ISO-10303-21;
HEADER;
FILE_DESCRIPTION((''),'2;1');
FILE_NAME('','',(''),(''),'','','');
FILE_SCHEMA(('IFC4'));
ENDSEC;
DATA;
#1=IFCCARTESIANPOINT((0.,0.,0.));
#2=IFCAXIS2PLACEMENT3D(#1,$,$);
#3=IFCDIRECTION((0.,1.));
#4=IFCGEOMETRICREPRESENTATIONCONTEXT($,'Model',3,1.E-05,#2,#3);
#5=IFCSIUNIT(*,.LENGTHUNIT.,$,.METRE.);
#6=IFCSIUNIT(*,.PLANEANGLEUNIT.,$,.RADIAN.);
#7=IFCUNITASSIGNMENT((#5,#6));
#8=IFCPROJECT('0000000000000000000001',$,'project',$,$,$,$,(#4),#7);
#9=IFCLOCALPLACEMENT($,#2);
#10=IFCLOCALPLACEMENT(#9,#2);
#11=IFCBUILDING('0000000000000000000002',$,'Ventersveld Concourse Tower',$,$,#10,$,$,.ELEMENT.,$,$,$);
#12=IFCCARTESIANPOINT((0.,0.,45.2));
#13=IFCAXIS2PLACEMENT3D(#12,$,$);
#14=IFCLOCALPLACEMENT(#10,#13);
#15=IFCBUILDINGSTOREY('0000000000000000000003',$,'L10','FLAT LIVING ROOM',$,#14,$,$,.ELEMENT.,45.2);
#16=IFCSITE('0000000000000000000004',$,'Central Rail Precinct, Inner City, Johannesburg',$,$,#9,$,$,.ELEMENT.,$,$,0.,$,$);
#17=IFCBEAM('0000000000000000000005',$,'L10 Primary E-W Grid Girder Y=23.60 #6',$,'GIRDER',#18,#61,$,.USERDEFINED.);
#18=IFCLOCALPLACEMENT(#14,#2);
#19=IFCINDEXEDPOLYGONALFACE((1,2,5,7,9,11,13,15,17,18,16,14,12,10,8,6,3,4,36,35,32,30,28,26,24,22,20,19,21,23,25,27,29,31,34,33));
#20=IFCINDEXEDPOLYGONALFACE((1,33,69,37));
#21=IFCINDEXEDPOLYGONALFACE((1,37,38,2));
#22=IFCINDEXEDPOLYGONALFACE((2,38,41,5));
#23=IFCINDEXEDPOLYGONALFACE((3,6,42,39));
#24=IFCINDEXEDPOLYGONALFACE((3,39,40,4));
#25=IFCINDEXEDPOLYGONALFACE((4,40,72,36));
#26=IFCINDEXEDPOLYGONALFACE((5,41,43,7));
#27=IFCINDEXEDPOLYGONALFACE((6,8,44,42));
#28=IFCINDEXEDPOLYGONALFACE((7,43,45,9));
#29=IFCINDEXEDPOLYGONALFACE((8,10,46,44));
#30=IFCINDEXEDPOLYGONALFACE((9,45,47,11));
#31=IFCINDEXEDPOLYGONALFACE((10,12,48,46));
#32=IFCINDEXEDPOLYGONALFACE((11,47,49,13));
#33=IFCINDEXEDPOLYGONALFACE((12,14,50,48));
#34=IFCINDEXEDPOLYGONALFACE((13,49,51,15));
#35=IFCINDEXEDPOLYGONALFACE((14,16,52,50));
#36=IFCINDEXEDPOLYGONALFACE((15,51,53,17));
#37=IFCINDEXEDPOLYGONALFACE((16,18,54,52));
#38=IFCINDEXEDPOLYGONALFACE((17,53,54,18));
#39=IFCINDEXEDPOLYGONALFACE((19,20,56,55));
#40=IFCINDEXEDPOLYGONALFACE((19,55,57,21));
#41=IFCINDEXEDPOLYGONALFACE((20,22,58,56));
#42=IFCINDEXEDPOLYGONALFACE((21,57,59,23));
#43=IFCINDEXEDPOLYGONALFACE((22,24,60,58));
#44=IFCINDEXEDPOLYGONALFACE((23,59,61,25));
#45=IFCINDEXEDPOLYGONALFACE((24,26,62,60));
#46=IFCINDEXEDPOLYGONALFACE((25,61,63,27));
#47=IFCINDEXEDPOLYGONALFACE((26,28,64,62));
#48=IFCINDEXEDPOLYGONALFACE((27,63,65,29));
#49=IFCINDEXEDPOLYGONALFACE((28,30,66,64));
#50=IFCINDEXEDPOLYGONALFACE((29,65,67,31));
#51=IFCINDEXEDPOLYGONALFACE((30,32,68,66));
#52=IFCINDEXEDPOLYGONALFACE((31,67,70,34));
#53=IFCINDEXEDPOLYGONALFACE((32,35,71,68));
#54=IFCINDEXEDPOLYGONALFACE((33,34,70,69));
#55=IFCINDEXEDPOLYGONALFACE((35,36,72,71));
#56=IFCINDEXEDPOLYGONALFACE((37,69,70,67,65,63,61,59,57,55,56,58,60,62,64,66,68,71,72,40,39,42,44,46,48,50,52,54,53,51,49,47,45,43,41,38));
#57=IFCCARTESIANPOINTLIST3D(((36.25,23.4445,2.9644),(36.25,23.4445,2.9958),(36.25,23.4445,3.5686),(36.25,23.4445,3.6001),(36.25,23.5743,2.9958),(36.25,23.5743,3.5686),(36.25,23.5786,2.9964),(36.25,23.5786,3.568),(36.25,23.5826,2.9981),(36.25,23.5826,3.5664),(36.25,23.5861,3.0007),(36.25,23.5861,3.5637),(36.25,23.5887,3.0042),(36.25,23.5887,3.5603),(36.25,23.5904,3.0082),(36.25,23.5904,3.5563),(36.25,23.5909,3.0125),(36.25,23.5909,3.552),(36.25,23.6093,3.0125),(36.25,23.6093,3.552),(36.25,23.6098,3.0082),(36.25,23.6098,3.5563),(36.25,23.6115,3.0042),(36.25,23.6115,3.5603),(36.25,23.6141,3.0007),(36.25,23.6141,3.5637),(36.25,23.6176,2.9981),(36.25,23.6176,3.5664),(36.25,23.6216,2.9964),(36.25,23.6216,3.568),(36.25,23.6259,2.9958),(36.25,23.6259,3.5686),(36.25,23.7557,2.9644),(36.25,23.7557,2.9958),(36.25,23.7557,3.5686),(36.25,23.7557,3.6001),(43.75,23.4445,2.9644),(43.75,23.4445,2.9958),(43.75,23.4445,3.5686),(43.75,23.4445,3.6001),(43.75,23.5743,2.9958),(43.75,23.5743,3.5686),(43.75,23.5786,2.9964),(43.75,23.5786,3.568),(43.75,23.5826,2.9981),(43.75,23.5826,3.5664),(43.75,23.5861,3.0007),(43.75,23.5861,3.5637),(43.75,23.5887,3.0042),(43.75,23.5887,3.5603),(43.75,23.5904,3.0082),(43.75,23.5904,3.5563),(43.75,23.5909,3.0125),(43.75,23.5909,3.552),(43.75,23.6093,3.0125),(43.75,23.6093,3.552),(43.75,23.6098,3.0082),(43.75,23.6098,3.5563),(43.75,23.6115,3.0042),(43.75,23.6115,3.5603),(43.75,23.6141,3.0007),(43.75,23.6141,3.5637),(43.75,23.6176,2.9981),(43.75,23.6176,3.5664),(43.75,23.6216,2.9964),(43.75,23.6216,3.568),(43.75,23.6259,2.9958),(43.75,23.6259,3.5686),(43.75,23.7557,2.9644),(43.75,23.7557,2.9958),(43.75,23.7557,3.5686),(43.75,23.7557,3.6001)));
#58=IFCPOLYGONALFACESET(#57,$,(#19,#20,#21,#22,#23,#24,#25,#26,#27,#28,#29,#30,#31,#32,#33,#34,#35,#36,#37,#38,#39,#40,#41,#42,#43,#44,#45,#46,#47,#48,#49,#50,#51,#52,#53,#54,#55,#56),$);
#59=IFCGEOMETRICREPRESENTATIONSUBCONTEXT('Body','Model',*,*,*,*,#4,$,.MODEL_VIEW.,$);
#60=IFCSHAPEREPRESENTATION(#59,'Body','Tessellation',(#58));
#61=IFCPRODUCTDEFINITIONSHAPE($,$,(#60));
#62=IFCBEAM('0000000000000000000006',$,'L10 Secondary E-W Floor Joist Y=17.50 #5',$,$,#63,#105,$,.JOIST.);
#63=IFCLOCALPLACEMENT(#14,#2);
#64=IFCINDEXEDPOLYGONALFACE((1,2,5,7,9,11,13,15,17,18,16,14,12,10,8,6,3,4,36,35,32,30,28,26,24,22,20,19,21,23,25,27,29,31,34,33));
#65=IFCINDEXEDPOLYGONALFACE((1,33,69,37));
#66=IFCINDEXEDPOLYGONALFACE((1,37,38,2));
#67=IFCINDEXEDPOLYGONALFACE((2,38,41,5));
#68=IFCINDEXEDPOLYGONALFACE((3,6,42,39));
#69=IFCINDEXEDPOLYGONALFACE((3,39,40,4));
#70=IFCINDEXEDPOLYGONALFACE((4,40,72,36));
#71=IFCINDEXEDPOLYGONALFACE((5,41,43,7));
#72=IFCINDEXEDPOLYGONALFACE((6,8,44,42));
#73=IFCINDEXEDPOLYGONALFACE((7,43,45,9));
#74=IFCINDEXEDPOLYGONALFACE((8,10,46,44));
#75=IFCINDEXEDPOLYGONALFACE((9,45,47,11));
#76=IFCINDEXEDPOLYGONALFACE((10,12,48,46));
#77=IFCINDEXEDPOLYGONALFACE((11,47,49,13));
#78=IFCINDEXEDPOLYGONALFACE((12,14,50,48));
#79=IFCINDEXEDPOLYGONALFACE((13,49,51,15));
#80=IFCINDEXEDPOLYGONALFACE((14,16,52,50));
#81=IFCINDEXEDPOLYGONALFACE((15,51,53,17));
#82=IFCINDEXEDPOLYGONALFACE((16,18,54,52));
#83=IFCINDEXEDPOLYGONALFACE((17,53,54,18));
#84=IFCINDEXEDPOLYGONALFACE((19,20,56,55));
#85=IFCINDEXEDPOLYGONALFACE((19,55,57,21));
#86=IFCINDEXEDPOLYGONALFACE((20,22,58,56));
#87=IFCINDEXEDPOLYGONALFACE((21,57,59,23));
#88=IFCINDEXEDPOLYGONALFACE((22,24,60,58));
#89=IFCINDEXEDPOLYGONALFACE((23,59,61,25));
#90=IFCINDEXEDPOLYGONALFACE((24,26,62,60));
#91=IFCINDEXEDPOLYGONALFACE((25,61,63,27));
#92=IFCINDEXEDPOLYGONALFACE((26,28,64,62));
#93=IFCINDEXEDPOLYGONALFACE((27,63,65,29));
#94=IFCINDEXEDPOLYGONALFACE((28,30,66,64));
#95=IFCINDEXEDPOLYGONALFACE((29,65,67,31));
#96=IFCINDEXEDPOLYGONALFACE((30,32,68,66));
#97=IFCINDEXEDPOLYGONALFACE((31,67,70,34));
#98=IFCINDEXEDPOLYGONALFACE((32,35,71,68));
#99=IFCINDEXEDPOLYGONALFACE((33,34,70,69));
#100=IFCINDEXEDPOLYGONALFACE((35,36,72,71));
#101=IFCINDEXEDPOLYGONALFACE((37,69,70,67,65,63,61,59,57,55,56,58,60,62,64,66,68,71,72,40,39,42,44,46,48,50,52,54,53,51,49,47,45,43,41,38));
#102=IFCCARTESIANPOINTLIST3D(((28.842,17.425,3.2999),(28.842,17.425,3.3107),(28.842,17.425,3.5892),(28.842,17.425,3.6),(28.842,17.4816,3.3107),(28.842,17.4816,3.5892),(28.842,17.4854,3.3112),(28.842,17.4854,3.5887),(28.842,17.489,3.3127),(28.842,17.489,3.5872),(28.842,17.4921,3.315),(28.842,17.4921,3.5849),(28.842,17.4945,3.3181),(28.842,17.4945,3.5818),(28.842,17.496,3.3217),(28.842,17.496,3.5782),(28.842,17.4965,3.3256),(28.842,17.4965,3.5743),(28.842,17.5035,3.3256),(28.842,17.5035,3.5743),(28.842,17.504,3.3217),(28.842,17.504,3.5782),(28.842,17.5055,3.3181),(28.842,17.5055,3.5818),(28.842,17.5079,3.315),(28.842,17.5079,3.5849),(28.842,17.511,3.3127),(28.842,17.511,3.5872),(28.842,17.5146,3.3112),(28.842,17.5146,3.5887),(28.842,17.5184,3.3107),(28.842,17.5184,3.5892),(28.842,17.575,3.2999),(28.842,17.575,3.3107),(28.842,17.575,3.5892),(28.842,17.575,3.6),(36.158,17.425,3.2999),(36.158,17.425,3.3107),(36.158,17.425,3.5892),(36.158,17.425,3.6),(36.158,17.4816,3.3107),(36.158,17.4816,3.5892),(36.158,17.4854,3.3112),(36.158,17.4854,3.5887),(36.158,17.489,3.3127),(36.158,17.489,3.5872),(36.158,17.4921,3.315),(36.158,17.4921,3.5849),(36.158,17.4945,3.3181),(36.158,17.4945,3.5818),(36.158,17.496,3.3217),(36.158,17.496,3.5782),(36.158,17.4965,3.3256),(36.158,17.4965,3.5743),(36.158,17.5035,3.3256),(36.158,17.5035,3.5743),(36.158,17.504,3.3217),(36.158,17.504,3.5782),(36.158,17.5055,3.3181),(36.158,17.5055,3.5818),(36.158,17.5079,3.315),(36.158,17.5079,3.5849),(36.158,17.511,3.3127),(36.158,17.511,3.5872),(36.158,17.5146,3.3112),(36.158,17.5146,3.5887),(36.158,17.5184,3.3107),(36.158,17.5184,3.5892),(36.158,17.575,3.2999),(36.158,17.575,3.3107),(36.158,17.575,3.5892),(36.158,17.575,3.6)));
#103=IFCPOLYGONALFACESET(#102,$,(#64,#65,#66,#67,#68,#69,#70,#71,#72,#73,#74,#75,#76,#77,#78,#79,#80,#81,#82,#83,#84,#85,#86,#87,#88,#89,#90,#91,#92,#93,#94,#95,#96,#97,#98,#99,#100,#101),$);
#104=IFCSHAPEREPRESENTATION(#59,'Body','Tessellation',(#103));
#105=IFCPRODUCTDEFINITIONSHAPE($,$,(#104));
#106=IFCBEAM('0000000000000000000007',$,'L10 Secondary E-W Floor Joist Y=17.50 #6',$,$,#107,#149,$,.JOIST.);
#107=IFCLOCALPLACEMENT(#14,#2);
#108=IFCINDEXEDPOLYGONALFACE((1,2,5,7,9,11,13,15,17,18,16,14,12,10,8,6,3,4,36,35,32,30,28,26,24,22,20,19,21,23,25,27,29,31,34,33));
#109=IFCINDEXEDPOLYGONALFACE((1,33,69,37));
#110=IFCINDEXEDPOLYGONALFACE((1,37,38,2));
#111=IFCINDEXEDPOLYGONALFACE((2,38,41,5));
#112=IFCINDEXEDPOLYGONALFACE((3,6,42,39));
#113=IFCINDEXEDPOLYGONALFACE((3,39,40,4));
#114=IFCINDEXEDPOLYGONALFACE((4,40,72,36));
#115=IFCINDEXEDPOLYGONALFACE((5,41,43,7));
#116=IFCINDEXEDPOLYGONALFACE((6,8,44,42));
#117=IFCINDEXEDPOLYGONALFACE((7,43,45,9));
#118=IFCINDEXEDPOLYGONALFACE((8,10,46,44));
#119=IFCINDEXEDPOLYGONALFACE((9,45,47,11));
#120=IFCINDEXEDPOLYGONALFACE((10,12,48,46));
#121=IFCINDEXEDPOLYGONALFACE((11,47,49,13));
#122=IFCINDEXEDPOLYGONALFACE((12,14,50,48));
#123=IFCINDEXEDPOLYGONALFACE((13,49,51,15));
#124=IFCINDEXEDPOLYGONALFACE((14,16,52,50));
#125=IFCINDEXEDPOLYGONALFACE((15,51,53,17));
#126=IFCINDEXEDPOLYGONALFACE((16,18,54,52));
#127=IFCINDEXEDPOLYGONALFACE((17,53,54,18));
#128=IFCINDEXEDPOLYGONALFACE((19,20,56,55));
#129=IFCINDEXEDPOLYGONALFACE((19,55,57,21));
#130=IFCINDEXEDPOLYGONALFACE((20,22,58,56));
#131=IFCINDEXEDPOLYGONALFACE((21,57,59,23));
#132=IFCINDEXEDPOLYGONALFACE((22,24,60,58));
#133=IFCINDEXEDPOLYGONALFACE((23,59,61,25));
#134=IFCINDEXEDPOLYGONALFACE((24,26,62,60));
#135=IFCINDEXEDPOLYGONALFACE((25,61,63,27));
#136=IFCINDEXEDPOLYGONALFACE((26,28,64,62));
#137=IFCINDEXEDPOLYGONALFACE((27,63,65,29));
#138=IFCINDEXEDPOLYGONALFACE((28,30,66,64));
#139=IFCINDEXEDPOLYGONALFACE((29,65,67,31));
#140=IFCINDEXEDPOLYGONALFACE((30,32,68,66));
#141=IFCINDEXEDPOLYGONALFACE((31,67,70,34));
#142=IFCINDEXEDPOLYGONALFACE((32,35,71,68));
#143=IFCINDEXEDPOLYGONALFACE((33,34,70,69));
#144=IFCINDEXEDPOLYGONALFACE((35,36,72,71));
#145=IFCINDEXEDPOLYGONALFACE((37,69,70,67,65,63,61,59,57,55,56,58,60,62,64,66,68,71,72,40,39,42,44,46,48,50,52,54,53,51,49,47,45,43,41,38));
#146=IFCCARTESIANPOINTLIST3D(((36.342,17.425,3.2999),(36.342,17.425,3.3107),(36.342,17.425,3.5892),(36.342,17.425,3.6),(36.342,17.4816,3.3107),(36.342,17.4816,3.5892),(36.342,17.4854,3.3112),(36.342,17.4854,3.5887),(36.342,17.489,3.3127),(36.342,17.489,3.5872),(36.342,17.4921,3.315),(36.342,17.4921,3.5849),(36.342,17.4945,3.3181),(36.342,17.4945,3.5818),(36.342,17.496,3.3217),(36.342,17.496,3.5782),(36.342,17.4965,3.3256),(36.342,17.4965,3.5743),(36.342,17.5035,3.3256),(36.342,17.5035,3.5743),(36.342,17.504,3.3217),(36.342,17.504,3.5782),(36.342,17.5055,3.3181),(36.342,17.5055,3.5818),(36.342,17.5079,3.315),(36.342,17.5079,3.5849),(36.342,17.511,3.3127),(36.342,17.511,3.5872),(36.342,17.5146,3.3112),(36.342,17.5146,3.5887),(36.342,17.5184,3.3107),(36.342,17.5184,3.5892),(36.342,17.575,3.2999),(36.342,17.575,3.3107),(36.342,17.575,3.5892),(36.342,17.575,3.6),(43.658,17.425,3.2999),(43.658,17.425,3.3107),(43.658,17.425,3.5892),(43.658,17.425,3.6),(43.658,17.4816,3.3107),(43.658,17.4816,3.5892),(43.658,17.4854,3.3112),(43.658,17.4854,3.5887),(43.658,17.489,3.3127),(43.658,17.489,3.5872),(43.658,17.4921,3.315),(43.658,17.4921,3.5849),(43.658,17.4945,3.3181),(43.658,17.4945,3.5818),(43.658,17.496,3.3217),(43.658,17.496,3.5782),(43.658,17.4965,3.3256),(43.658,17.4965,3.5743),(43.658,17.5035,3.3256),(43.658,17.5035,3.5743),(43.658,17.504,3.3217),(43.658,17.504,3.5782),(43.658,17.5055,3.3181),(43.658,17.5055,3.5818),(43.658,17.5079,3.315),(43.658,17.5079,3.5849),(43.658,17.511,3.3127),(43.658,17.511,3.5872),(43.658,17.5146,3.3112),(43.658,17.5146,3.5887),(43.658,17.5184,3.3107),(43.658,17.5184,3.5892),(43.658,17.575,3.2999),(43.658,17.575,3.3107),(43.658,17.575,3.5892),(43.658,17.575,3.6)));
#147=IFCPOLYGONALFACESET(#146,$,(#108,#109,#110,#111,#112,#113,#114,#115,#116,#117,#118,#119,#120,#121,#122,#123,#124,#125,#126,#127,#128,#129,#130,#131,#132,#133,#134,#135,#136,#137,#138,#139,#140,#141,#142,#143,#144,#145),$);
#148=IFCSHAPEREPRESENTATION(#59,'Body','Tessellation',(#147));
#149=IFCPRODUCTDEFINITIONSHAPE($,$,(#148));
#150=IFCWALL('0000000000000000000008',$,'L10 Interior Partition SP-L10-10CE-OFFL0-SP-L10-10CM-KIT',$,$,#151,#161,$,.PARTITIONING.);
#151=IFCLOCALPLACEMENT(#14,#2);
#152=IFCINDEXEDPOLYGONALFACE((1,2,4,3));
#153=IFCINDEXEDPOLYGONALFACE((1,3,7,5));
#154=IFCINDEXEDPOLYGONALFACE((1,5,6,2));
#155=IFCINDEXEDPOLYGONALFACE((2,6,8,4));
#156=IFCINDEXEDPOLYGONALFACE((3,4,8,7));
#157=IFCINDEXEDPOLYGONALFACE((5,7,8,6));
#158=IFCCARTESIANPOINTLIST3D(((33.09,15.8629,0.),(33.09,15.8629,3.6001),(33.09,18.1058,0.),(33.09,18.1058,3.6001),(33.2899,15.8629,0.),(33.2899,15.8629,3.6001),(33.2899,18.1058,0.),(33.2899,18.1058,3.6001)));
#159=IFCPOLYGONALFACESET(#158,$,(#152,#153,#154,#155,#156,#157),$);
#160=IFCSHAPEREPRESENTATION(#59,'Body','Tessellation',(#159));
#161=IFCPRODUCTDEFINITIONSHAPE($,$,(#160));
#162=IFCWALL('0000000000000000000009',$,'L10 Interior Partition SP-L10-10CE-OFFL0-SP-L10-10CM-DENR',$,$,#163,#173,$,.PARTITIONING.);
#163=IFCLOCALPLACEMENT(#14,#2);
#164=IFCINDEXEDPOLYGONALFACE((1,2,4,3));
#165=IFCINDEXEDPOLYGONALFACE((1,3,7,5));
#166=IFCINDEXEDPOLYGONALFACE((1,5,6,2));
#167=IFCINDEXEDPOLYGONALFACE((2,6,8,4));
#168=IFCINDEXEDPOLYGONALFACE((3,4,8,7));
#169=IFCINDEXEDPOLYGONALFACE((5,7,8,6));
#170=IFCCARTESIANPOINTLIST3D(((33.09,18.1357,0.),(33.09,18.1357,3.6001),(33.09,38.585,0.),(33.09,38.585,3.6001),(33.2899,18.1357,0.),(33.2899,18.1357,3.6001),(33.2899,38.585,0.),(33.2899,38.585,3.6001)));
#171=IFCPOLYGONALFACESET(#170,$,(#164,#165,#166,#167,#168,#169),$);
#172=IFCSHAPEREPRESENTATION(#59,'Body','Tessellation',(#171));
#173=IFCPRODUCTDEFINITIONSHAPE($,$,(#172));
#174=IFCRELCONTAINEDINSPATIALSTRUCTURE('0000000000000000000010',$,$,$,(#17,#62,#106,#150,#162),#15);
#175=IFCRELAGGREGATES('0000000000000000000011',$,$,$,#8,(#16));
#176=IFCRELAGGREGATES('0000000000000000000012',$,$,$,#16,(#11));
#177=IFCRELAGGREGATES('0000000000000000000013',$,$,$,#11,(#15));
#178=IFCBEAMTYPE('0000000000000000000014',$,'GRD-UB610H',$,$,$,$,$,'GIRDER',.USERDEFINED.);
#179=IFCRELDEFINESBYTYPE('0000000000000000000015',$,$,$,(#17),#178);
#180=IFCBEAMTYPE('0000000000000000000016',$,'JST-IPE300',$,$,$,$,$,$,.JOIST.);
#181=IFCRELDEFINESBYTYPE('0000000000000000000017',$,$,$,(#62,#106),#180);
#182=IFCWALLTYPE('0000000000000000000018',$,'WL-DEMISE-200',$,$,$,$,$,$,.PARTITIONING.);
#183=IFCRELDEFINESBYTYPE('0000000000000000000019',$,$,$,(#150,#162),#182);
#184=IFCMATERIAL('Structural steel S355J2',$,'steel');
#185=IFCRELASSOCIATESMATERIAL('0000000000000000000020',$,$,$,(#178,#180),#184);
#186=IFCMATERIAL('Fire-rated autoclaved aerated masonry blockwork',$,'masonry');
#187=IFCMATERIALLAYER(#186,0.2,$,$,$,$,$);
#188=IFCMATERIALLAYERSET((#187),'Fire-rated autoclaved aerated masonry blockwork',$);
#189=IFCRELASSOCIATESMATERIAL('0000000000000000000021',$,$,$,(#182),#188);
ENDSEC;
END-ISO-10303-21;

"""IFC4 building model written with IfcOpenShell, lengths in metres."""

from ifc_helpers import new_model, si_unit, direction, frame, frame_2d, origin, origin_2d, place, context, subcontext, project, spatial, rectangle, i_section, extrude, material, layer, layer_set, material_profile, profile_set, type_object, element, save


model = new_model("IFC4")

# Units and contexts
model_context = context("Model", 3, precision=1e-05, world=origin(), true_north=direction((0.0, 1.0)))
body_context = subcontext(model_context, "Body", "Model", "MODEL_VIEW")
ifc_project = project(units=[si_unit("LENGTHUNIT", "METRE"), si_unit("PLANEANGLEUNIT", "RADIAN")], contexts=[model_context])

# Site, building, storey
site_placement = place(None, origin())
site = spatial("IfcSite", under=ifc_project, at=site_placement, Name="Central Rail Precinct, Inner City, Johannesburg", CompositionType="ELEMENT", RefElevation=0.0)
building_placement = place(site_placement, origin())
building = spatial("IfcBuilding", under=site, at=building_placement, Name="Ventersveld Concourse Tower", CompositionType="ELEMENT")
storey_placement = place(building_placement, frame((0.0, 0.0, 45.2)))
storey = spatial("IfcBuildingStorey", under=building, at=storey_placement, Name="L10", Description="FLAT LIVING ROOM", CompositionType="ELEMENT", Elevation=45.2)

# Beams
ifc_material_1 = material(Name="Structural steel S355J2", Category="steel")
ifc_material_profile_1 = material_profile(ifc_material_1, i_section(OverallWidth=0.3113, OverallDepth=0.6357, WebThickness=0.0183, FlangeThickness=0.0315, FilletRadius=0.0166, at=origin_2d()), Name="UB 610x305x238")
ifc_profile_set_1 = profile_set([ifc_material_profile_1], Name="Structural steel S355J2")
beam_type_1 = type_object("IfcBeamType", Name="GRD-UB610H", ElementType="GIRDER", PredefinedType="USERDEFINED", material=ifc_profile_set_1)
for number, where, z_axis, x_axis, name in (
    (1, (36.25, 23.6001, 3.2822), (1.0, 0.0, 0.0), (0.0, 1.0, 0.0), "L10 Primary E-W Grid Girder Y=23.60 #6"),
):
    element("IfcBeam", number, at=place(storey_placement, frame(where, z_axis=z_axis, x_axis=x_axis)), inside=storey, type_object=beam_type_1, Name=name, ObjectType="GIRDER", PredefinedType="USERDEFINED", context=body_context, shape_type="SweptSolid", body=[
        extrude(i_section(OverallWidth=0.3113, OverallDepth=0.6357, WebThickness=0.0183, FlangeThickness=0.0315, FilletRadius=0.0166, at=origin_2d()), origin(), (0.0, 0.0, 1.0), 7.5),
    ])
ifc_material_profile_2 = material_profile(ifc_material_1, i_section(OverallWidth=0.1499, OverallDepth=0.3, WebThickness=0.0071, FlangeThickness=0.0107, FilletRadius=0.0149, at=origin_2d()), Name="IPE 300")
ifc_profile_set_2 = profile_set([ifc_material_profile_2], Name="Structural steel S355J2")
beam_type_2 = type_object("IfcBeamType", Name="JST-IPE300", PredefinedType="JOIST", material=ifc_profile_set_2)
for number, where, z_axis, x_axis, name in (
    (2, (28.842, 17.5, 3.45), (1.0, 0.0, 0.0), (0.0, 1.0, 0.0), "L10 Secondary E-W Floor Joist Y=17.50 #5"),
    (3, (36.342, 17.5, 3.45), (1.0, 0.0, 0.0), (0.0, 1.0, 0.0), "L10 Secondary E-W Floor Joist Y=17.50 #6"),
):
    element("IfcBeam", number, at=place(storey_placement, frame(where, z_axis=z_axis, x_axis=x_axis)), inside=storey, type_object=beam_type_2, Name=name, PredefinedType="JOIST", context=body_context, shape_type="SweptSolid", body=[
        extrude(i_section(OverallWidth=0.1499, OverallDepth=0.3, WebThickness=0.0071, FlangeThickness=0.0107, FilletRadius=0.0149, at=origin_2d()), origin(), (0.0, 0.0, 1.0), 7.3159),
    ])

# Walls
ifc_material_2 = material(Name="Fire-rated autoclaved aerated masonry blockwork", Category="masonry")
ifc_layer_1 = layer(ifc_material_2, 0.2)
ifc_layer_set_1 = layer_set([ifc_layer_1], Name="Fire-rated autoclaved aerated masonry blockwork")
wall_type_1 = type_object("IfcWallType", Name="WL-DEMISE-200", PredefinedType="PARTITIONING", material=ifc_layer_set_1)
wall_1_placement = place(storey_placement, frame((33.1899, 15.8628, 0.0), z_axis=(0.0, 0.0, 1.0), x_axis=(0.0, 1.0, 0.0)))
element("IfcWall", 4, at=wall_1_placement, inside=storey, type_object=wall_type_1, Name="L10 Interior Partition SP-L10-10CE-OFFL0-SP-L10-10CM-KIT", PredefinedType="PARTITIONING", context=body_context, shape_type="SweptSolid", body=[
    extrude(rectangle(XDim=2.2429, YDim=0.2, at=frame_2d((1.1216, 0.0))), origin(), (0.0, 0.0, 1.0), 3.6001),
])
wall_2_placement = place(storey_placement, frame((33.1899, 18.1357, 0.0), z_axis=(0.0, 0.0, 1.0), x_axis=(0.0, 1.0, 0.0)))
element("IfcWall", 5, at=wall_2_placement, inside=storey, type_object=wall_type_1, Name="L10 Interior Partition SP-L10-10CE-OFFL0-SP-L10-10CM-DENR", PredefinedType="PARTITIONING", context=body_context, shape_type="SweptSolid", body=[
    extrude(rectangle(XDim=20.4492, YDim=0.2, at=frame_2d((10.2246, 0.0))), origin(), (0.0, 0.0, 1.0), 3.6001),
])

save(model, "model.ifc")
